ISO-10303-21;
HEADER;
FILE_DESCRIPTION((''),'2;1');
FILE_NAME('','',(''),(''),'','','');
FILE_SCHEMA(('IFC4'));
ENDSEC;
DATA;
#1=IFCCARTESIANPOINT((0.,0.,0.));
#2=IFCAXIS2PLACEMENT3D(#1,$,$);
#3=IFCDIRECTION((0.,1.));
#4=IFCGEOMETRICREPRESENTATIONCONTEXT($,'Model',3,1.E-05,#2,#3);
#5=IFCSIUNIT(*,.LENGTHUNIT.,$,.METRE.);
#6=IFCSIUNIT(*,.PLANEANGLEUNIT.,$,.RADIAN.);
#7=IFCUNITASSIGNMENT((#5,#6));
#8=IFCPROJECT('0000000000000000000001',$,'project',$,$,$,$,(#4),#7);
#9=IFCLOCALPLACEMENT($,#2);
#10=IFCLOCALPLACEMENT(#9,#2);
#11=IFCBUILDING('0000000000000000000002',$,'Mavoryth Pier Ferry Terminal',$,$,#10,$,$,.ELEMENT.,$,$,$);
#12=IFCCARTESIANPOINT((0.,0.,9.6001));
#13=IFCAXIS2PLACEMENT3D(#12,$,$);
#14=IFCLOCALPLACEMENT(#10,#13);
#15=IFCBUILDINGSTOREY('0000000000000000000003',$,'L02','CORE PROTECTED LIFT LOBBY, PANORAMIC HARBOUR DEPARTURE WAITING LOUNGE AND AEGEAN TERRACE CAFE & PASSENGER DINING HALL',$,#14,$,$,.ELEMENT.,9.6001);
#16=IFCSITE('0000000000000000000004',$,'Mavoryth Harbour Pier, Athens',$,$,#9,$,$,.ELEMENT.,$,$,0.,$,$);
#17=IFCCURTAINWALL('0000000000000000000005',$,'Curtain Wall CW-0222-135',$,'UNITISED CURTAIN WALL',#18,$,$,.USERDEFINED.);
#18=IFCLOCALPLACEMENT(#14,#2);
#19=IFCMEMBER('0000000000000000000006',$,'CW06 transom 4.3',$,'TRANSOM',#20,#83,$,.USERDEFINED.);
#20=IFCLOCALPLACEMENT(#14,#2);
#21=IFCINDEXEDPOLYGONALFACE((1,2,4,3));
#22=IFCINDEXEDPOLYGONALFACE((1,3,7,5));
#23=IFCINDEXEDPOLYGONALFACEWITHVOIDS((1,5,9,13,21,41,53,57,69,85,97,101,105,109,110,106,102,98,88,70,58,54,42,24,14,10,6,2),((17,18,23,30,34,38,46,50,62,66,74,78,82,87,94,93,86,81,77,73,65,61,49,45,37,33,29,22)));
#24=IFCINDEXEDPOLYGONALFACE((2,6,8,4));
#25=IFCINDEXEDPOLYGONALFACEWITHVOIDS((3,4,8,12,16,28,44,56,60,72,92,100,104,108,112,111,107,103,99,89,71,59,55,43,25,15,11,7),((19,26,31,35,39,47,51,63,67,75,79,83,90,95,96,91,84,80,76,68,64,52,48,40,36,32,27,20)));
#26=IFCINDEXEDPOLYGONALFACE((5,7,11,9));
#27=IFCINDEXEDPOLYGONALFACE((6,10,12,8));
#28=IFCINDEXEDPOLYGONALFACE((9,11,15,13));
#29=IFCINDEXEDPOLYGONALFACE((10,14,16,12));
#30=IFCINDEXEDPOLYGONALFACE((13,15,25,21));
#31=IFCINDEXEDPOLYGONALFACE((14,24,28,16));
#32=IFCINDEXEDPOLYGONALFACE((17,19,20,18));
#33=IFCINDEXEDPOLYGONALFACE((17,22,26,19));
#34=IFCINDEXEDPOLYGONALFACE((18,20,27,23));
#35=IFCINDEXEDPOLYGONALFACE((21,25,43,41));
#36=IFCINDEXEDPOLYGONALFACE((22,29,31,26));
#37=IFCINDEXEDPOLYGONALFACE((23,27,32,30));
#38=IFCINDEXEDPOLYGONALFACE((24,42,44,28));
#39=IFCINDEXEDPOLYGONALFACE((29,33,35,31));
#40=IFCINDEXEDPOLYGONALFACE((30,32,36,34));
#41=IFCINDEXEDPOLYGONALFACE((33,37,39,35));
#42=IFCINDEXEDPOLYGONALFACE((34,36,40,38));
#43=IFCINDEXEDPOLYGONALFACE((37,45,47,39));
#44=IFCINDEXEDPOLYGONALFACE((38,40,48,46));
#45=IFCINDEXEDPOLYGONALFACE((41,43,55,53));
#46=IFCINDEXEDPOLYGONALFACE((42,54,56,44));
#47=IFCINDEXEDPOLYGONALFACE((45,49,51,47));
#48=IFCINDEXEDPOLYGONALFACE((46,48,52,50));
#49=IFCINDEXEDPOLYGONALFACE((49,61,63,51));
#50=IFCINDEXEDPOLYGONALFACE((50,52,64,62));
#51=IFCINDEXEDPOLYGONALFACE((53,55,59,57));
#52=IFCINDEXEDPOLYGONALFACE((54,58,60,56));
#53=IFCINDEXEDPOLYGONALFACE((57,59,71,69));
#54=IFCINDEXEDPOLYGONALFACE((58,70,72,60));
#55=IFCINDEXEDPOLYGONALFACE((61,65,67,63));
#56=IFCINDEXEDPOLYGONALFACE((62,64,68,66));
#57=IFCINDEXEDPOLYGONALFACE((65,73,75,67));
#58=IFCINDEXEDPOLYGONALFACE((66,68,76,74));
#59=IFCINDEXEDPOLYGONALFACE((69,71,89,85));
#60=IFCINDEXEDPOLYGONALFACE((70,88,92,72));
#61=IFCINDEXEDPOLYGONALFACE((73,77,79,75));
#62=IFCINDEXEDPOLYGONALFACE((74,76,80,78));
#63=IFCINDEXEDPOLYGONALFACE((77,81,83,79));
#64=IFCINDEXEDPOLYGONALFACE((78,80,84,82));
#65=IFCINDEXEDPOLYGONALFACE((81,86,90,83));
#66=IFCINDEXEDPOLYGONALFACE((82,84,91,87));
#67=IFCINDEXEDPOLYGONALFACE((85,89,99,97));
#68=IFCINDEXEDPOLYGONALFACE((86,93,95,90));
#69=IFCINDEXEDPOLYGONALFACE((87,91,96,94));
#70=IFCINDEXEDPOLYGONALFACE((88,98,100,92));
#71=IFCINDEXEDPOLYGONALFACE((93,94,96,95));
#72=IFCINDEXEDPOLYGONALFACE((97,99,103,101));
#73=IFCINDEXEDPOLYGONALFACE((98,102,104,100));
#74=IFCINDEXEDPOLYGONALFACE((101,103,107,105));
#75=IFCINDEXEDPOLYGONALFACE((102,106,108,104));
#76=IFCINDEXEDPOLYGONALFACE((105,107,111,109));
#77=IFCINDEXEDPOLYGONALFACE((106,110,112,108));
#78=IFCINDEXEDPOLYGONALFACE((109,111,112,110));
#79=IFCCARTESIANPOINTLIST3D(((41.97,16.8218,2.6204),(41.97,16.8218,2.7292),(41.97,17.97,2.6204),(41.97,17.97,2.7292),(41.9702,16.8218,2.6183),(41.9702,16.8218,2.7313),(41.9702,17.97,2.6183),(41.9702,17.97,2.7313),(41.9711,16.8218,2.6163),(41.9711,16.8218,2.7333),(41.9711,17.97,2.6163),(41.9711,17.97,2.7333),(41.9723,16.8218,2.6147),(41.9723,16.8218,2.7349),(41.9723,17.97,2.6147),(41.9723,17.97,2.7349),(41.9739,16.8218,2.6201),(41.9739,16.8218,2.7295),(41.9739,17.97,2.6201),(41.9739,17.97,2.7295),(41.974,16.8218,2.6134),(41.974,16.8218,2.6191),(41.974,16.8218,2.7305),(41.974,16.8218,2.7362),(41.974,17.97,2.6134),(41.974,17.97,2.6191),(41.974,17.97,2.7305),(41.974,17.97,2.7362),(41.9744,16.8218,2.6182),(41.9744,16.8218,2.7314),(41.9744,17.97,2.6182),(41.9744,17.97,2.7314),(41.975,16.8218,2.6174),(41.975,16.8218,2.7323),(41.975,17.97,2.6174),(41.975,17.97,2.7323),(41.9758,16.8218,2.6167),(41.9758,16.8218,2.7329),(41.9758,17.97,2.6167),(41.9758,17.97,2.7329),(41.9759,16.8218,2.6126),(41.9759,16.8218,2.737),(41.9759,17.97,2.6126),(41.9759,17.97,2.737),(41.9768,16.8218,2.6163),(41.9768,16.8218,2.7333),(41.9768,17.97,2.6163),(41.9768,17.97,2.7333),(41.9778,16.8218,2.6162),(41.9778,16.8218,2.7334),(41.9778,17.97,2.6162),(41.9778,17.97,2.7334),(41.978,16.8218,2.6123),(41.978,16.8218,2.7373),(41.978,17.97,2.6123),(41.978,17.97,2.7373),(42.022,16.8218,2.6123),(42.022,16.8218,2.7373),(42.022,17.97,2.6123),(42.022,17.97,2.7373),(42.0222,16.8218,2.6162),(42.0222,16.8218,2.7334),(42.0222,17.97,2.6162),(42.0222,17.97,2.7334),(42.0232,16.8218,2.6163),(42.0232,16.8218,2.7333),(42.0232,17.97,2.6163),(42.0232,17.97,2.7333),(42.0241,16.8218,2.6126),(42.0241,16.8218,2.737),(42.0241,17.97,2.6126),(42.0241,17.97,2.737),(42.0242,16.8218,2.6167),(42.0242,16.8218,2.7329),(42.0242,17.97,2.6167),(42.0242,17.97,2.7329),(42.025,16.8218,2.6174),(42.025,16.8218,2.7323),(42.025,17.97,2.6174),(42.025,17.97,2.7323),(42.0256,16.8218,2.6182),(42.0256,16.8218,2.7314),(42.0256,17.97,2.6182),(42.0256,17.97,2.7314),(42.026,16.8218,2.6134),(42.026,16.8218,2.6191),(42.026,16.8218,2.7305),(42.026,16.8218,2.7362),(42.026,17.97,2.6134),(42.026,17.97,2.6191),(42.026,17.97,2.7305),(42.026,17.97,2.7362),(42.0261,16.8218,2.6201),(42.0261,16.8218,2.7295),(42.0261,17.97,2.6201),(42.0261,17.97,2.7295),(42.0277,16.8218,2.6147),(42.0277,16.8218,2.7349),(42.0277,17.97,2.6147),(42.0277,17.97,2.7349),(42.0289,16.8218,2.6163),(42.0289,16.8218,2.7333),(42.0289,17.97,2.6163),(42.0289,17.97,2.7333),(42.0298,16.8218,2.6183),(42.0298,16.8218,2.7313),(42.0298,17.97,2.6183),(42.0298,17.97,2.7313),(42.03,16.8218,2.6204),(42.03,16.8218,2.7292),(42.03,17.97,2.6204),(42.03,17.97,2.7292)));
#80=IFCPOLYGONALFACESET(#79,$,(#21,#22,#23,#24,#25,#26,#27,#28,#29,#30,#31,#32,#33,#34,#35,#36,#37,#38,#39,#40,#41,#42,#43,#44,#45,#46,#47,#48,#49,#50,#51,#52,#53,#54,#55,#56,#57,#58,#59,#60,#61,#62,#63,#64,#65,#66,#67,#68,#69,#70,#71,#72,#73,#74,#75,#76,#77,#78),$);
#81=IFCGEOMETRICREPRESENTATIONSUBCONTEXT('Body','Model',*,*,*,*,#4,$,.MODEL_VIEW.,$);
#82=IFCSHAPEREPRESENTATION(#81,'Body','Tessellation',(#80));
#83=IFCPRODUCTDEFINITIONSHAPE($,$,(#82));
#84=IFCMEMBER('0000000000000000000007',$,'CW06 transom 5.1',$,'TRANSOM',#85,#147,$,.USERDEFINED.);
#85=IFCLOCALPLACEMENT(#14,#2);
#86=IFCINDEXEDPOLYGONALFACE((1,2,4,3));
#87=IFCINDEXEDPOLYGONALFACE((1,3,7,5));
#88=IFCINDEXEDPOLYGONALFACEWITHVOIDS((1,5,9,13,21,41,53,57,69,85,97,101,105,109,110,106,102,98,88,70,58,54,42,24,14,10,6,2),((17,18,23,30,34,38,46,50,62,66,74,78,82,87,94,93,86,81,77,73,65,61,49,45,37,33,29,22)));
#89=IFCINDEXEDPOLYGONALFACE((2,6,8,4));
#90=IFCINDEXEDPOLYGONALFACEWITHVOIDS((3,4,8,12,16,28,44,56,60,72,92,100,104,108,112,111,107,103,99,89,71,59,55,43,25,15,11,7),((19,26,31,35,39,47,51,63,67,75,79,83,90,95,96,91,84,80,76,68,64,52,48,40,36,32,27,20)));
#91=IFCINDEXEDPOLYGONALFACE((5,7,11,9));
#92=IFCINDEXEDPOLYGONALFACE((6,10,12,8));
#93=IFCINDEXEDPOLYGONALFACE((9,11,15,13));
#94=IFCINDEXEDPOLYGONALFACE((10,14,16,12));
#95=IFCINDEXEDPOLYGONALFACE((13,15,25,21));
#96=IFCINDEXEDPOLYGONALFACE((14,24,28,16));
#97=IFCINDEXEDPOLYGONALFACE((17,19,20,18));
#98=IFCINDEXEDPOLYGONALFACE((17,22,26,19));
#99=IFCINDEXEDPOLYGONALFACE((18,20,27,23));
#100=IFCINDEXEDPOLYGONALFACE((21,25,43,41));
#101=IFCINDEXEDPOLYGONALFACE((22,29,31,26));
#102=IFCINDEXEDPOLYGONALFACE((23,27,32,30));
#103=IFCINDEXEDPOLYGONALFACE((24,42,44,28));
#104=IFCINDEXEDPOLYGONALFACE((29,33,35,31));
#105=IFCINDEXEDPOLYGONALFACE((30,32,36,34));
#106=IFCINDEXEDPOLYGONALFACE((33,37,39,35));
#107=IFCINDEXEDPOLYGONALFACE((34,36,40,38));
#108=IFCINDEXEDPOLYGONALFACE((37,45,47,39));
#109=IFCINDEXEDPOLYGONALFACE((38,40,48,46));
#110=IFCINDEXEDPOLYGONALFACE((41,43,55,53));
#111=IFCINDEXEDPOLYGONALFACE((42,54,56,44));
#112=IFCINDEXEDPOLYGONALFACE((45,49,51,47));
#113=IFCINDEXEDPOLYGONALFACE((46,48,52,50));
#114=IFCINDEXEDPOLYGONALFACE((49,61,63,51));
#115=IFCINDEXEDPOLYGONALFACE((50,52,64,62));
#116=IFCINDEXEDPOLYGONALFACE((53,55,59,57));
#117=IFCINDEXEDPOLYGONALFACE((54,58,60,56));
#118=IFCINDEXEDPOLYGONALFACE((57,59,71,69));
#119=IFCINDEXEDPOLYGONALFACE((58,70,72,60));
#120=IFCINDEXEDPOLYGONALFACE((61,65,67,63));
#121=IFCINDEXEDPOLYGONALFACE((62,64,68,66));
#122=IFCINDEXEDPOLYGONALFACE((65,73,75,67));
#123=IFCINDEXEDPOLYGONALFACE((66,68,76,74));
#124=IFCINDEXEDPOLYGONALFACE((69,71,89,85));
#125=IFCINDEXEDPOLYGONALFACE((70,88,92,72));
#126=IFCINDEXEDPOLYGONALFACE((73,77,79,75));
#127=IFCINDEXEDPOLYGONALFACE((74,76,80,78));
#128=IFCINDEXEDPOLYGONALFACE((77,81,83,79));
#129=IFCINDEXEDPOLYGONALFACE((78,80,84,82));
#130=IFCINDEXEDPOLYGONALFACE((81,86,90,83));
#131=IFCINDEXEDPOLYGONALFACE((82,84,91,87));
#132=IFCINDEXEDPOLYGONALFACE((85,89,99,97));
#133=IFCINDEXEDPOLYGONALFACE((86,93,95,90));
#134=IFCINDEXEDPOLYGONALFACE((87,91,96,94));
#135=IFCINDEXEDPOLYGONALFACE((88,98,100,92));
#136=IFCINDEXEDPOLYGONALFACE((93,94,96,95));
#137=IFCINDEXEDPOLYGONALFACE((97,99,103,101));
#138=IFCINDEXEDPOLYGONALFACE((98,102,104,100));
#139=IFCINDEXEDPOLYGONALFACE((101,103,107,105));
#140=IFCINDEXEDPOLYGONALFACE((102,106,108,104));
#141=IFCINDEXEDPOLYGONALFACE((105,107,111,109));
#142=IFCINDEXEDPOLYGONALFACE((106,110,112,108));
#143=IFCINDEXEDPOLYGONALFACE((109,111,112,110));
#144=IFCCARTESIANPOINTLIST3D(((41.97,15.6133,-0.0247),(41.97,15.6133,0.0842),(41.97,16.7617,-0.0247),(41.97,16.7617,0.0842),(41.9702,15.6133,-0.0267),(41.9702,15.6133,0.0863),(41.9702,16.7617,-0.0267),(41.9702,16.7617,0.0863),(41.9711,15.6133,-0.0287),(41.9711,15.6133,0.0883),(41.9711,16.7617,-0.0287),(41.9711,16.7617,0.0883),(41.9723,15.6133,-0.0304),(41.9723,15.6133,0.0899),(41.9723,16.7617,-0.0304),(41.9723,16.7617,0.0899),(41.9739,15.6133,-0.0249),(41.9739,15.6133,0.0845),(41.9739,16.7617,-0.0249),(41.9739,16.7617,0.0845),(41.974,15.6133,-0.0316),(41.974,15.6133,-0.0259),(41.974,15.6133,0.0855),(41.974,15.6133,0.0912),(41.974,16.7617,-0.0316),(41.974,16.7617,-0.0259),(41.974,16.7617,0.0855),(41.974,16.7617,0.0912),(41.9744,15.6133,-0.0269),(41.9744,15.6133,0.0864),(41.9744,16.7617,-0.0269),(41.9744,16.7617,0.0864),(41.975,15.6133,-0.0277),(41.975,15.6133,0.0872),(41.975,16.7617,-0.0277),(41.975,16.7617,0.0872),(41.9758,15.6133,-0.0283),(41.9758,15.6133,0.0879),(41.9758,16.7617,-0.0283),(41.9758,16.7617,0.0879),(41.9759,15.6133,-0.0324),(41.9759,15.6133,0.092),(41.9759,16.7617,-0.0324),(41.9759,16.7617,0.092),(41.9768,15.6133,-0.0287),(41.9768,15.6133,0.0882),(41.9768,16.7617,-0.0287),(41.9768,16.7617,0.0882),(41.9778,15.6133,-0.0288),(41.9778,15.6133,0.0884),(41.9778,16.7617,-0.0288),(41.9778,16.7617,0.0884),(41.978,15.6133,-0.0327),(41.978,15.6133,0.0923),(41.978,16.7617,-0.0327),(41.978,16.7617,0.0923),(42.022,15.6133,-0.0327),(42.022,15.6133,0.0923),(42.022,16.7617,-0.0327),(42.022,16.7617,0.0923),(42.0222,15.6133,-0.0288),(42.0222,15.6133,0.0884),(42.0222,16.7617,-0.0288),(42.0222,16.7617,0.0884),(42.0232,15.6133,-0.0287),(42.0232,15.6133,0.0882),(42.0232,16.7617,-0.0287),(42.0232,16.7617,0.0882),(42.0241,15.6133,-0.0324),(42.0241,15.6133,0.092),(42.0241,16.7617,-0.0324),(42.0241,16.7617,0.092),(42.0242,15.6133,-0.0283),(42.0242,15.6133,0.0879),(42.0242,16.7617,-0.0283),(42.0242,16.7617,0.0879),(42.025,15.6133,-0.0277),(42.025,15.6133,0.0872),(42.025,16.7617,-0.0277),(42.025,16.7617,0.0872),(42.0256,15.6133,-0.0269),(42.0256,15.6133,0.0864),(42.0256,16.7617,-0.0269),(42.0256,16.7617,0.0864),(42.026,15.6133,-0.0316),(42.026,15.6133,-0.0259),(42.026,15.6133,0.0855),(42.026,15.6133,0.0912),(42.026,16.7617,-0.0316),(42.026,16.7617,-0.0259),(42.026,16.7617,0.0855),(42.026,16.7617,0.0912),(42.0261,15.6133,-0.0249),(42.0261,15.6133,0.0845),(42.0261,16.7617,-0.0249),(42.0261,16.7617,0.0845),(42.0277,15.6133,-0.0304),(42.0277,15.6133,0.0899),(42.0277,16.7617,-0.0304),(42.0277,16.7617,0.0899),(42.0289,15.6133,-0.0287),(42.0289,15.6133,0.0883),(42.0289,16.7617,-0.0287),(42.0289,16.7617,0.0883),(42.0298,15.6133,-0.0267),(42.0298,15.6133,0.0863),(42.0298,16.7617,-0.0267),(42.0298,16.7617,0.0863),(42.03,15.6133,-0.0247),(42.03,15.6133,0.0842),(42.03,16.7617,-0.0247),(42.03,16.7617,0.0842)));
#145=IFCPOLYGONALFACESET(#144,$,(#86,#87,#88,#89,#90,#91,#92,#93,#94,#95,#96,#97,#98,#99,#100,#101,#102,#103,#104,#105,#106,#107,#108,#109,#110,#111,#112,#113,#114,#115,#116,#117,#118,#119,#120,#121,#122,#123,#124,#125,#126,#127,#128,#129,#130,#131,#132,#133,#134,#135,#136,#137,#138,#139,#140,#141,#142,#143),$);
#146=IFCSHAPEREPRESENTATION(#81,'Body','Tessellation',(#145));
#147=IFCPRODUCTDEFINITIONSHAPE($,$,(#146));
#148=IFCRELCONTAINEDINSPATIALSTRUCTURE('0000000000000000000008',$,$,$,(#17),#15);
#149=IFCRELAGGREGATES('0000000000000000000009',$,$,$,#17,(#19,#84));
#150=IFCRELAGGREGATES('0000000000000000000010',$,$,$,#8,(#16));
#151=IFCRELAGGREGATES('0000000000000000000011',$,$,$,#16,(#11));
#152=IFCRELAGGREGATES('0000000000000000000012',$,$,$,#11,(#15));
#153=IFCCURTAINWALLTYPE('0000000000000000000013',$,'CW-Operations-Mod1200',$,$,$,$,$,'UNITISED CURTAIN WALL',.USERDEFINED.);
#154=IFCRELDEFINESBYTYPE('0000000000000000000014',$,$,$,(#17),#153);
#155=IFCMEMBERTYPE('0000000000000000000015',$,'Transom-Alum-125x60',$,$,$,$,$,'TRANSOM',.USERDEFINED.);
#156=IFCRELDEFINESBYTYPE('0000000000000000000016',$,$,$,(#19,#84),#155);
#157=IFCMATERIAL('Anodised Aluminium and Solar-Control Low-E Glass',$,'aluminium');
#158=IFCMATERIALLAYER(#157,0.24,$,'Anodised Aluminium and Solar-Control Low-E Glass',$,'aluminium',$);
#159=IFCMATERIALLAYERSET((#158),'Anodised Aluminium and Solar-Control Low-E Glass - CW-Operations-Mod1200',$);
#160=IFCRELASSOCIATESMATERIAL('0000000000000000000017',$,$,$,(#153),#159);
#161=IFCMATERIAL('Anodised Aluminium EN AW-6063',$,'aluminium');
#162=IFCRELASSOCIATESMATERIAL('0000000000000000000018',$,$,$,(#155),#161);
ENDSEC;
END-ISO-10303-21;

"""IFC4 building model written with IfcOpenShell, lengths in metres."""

from ifc_helpers import new_model, si_unit, direction, frame, origin, origin_2d, place, context, subcontext, project, spatial, hollow_rectangle, extrude, material, layer, layer_set, material_profile, profile_set, type_object, element, aggregate, save


model = new_model("IFC4")

# Units and contexts
model_context = context("Model", 3, precision=1e-05, world=origin(), true_north=direction((0.0, 1.0)))
body_context = subcontext(model_context, "Body", "Model", "MODEL_VIEW")
ifc_project = project(units=[si_unit("LENGTHUNIT", "METRE"), si_unit("PLANEANGLEUNIT", "RADIAN")], contexts=[model_context])

# Site, building, storey
site_placement = place(None, origin())
site = spatial("IfcSite", under=ifc_project, at=site_placement, Name="Mavoryth Harbour Pier, Athens", CompositionType="ELEMENT", RefElevation=0.0)
building_placement = place(site_placement, origin())
building = spatial("IfcBuilding", under=site, at=building_placement, Name="Mavoryth Pier Ferry Terminal", CompositionType="ELEMENT")
storey_placement = place(building_placement, frame((0.0, 0.0, 9.6001)))
storey = spatial("IfcBuildingStorey", under=building, at=storey_placement, Name="L02", Description="CORE PROTECTED LIFT LOBBY, PANORAMIC HARBOUR DEPARTURE WAITING LOUNGE AND AEGEAN TERRACE CAFE & PASSENGER DINING HALL", CompositionType="ELEMENT", Elevation=9.6001)

# Curtain wall
ifc_material_1 = material(Name="Anodised Aluminium and Solar-Control Low-E Glass", Category="aluminium")
ifc_layer_1 = layer(ifc_material_1, 0.24, Name="Anodised Aluminium and Solar-Control Low-E Glass", Category="aluminium")
ifc_layer_set_1 = layer_set([ifc_layer_1], Name="Anodised Aluminium and Solar-Control Low-E Glass - CW-Operations-Mod1200")
curtain_wall_type = type_object("IfcCurtainWallType", Name="CW-Operations-Mod1200", ElementType="UNITISED CURTAIN WALL", PredefinedType="USERDEFINED", material=ifc_layer_set_1)
curtain_wall_placement = place(storey_placement, origin())
curtain_wall = element("IfcCurtainWall", 1, at=curtain_wall_placement, inside=storey, type_object=curtain_wall_type, Name="Curtain Wall CW-0222-135", ObjectType="UNITISED CURTAIN WALL", PredefinedType="USERDEFINED")
ifc_material_2 = material(Name="Anodised Aluminium EN AW-6063", Category="aluminium")

# Members
ifc_material_profile_1 = material_profile(ifc_material_2, hollow_rectangle(XDim=0.0601, YDim=0.125, WallThickness=0.0039, InnerFilletRadius=0.0039, OuterFilletRadius=0.0081, at=origin_2d()), Name="AL-TRAN 125x60x4", Category="aluminium")
ifc_profile_set_1 = profile_set([ifc_material_profile_1], Name="Anodised Aluminium EN AW-6063 - AL-TRAN 125x60x4")
member_type_1 = type_object("IfcMemberType", Name="Transom-Alum-125x60", ElementType="TRANSOM", PredefinedType="USERDEFINED", material=ifc_profile_set_1)
member_1_placement = place(storey_placement, frame((42.0, 17.97, 2.6748), z_axis=(0.0, -1.0, 0.0), x_axis=(1.0, 0.0, 0.0)))
member_1 = element("IfcMember", 2, at=member_1_placement, type_object=member_type_1, Name="CW06 transom 4.3", ObjectType="TRANSOM", PredefinedType="USERDEFINED", context=body_context, shape_type="SweptSolid", body=[
    extrude(hollow_rectangle(XDim=0.0601, YDim=0.125, WallThickness=0.0039, InnerFilletRadius=0.0039, OuterFilletRadius=0.0081, at=origin_2d()), origin(), (0.0, 0.0, 1.0), 1.1482),
])
member_2_placement = place(storey_placement, frame((42.0, 16.7617, 0.0298), z_axis=(0.0, -1.0, 0.0), x_axis=(1.0, 0.0, 0.0)))
member_2 = element("IfcMember", 3, at=member_2_placement, type_object=member_type_1, Name="CW06 transom 5.1", ObjectType="TRANSOM", PredefinedType="USERDEFINED", context=body_context, shape_type="SweptSolid", body=[
    extrude(hollow_rectangle(XDim=0.0601, YDim=0.125, WallThickness=0.0039, InnerFilletRadius=0.0039, OuterFilletRadius=0.0081, at=origin_2d()), origin(), (0.0, 0.0, 1.0), 1.1484),
])

aggregate(curtain_wall, [member_1, member_2])

save(model, "model.ifc")
